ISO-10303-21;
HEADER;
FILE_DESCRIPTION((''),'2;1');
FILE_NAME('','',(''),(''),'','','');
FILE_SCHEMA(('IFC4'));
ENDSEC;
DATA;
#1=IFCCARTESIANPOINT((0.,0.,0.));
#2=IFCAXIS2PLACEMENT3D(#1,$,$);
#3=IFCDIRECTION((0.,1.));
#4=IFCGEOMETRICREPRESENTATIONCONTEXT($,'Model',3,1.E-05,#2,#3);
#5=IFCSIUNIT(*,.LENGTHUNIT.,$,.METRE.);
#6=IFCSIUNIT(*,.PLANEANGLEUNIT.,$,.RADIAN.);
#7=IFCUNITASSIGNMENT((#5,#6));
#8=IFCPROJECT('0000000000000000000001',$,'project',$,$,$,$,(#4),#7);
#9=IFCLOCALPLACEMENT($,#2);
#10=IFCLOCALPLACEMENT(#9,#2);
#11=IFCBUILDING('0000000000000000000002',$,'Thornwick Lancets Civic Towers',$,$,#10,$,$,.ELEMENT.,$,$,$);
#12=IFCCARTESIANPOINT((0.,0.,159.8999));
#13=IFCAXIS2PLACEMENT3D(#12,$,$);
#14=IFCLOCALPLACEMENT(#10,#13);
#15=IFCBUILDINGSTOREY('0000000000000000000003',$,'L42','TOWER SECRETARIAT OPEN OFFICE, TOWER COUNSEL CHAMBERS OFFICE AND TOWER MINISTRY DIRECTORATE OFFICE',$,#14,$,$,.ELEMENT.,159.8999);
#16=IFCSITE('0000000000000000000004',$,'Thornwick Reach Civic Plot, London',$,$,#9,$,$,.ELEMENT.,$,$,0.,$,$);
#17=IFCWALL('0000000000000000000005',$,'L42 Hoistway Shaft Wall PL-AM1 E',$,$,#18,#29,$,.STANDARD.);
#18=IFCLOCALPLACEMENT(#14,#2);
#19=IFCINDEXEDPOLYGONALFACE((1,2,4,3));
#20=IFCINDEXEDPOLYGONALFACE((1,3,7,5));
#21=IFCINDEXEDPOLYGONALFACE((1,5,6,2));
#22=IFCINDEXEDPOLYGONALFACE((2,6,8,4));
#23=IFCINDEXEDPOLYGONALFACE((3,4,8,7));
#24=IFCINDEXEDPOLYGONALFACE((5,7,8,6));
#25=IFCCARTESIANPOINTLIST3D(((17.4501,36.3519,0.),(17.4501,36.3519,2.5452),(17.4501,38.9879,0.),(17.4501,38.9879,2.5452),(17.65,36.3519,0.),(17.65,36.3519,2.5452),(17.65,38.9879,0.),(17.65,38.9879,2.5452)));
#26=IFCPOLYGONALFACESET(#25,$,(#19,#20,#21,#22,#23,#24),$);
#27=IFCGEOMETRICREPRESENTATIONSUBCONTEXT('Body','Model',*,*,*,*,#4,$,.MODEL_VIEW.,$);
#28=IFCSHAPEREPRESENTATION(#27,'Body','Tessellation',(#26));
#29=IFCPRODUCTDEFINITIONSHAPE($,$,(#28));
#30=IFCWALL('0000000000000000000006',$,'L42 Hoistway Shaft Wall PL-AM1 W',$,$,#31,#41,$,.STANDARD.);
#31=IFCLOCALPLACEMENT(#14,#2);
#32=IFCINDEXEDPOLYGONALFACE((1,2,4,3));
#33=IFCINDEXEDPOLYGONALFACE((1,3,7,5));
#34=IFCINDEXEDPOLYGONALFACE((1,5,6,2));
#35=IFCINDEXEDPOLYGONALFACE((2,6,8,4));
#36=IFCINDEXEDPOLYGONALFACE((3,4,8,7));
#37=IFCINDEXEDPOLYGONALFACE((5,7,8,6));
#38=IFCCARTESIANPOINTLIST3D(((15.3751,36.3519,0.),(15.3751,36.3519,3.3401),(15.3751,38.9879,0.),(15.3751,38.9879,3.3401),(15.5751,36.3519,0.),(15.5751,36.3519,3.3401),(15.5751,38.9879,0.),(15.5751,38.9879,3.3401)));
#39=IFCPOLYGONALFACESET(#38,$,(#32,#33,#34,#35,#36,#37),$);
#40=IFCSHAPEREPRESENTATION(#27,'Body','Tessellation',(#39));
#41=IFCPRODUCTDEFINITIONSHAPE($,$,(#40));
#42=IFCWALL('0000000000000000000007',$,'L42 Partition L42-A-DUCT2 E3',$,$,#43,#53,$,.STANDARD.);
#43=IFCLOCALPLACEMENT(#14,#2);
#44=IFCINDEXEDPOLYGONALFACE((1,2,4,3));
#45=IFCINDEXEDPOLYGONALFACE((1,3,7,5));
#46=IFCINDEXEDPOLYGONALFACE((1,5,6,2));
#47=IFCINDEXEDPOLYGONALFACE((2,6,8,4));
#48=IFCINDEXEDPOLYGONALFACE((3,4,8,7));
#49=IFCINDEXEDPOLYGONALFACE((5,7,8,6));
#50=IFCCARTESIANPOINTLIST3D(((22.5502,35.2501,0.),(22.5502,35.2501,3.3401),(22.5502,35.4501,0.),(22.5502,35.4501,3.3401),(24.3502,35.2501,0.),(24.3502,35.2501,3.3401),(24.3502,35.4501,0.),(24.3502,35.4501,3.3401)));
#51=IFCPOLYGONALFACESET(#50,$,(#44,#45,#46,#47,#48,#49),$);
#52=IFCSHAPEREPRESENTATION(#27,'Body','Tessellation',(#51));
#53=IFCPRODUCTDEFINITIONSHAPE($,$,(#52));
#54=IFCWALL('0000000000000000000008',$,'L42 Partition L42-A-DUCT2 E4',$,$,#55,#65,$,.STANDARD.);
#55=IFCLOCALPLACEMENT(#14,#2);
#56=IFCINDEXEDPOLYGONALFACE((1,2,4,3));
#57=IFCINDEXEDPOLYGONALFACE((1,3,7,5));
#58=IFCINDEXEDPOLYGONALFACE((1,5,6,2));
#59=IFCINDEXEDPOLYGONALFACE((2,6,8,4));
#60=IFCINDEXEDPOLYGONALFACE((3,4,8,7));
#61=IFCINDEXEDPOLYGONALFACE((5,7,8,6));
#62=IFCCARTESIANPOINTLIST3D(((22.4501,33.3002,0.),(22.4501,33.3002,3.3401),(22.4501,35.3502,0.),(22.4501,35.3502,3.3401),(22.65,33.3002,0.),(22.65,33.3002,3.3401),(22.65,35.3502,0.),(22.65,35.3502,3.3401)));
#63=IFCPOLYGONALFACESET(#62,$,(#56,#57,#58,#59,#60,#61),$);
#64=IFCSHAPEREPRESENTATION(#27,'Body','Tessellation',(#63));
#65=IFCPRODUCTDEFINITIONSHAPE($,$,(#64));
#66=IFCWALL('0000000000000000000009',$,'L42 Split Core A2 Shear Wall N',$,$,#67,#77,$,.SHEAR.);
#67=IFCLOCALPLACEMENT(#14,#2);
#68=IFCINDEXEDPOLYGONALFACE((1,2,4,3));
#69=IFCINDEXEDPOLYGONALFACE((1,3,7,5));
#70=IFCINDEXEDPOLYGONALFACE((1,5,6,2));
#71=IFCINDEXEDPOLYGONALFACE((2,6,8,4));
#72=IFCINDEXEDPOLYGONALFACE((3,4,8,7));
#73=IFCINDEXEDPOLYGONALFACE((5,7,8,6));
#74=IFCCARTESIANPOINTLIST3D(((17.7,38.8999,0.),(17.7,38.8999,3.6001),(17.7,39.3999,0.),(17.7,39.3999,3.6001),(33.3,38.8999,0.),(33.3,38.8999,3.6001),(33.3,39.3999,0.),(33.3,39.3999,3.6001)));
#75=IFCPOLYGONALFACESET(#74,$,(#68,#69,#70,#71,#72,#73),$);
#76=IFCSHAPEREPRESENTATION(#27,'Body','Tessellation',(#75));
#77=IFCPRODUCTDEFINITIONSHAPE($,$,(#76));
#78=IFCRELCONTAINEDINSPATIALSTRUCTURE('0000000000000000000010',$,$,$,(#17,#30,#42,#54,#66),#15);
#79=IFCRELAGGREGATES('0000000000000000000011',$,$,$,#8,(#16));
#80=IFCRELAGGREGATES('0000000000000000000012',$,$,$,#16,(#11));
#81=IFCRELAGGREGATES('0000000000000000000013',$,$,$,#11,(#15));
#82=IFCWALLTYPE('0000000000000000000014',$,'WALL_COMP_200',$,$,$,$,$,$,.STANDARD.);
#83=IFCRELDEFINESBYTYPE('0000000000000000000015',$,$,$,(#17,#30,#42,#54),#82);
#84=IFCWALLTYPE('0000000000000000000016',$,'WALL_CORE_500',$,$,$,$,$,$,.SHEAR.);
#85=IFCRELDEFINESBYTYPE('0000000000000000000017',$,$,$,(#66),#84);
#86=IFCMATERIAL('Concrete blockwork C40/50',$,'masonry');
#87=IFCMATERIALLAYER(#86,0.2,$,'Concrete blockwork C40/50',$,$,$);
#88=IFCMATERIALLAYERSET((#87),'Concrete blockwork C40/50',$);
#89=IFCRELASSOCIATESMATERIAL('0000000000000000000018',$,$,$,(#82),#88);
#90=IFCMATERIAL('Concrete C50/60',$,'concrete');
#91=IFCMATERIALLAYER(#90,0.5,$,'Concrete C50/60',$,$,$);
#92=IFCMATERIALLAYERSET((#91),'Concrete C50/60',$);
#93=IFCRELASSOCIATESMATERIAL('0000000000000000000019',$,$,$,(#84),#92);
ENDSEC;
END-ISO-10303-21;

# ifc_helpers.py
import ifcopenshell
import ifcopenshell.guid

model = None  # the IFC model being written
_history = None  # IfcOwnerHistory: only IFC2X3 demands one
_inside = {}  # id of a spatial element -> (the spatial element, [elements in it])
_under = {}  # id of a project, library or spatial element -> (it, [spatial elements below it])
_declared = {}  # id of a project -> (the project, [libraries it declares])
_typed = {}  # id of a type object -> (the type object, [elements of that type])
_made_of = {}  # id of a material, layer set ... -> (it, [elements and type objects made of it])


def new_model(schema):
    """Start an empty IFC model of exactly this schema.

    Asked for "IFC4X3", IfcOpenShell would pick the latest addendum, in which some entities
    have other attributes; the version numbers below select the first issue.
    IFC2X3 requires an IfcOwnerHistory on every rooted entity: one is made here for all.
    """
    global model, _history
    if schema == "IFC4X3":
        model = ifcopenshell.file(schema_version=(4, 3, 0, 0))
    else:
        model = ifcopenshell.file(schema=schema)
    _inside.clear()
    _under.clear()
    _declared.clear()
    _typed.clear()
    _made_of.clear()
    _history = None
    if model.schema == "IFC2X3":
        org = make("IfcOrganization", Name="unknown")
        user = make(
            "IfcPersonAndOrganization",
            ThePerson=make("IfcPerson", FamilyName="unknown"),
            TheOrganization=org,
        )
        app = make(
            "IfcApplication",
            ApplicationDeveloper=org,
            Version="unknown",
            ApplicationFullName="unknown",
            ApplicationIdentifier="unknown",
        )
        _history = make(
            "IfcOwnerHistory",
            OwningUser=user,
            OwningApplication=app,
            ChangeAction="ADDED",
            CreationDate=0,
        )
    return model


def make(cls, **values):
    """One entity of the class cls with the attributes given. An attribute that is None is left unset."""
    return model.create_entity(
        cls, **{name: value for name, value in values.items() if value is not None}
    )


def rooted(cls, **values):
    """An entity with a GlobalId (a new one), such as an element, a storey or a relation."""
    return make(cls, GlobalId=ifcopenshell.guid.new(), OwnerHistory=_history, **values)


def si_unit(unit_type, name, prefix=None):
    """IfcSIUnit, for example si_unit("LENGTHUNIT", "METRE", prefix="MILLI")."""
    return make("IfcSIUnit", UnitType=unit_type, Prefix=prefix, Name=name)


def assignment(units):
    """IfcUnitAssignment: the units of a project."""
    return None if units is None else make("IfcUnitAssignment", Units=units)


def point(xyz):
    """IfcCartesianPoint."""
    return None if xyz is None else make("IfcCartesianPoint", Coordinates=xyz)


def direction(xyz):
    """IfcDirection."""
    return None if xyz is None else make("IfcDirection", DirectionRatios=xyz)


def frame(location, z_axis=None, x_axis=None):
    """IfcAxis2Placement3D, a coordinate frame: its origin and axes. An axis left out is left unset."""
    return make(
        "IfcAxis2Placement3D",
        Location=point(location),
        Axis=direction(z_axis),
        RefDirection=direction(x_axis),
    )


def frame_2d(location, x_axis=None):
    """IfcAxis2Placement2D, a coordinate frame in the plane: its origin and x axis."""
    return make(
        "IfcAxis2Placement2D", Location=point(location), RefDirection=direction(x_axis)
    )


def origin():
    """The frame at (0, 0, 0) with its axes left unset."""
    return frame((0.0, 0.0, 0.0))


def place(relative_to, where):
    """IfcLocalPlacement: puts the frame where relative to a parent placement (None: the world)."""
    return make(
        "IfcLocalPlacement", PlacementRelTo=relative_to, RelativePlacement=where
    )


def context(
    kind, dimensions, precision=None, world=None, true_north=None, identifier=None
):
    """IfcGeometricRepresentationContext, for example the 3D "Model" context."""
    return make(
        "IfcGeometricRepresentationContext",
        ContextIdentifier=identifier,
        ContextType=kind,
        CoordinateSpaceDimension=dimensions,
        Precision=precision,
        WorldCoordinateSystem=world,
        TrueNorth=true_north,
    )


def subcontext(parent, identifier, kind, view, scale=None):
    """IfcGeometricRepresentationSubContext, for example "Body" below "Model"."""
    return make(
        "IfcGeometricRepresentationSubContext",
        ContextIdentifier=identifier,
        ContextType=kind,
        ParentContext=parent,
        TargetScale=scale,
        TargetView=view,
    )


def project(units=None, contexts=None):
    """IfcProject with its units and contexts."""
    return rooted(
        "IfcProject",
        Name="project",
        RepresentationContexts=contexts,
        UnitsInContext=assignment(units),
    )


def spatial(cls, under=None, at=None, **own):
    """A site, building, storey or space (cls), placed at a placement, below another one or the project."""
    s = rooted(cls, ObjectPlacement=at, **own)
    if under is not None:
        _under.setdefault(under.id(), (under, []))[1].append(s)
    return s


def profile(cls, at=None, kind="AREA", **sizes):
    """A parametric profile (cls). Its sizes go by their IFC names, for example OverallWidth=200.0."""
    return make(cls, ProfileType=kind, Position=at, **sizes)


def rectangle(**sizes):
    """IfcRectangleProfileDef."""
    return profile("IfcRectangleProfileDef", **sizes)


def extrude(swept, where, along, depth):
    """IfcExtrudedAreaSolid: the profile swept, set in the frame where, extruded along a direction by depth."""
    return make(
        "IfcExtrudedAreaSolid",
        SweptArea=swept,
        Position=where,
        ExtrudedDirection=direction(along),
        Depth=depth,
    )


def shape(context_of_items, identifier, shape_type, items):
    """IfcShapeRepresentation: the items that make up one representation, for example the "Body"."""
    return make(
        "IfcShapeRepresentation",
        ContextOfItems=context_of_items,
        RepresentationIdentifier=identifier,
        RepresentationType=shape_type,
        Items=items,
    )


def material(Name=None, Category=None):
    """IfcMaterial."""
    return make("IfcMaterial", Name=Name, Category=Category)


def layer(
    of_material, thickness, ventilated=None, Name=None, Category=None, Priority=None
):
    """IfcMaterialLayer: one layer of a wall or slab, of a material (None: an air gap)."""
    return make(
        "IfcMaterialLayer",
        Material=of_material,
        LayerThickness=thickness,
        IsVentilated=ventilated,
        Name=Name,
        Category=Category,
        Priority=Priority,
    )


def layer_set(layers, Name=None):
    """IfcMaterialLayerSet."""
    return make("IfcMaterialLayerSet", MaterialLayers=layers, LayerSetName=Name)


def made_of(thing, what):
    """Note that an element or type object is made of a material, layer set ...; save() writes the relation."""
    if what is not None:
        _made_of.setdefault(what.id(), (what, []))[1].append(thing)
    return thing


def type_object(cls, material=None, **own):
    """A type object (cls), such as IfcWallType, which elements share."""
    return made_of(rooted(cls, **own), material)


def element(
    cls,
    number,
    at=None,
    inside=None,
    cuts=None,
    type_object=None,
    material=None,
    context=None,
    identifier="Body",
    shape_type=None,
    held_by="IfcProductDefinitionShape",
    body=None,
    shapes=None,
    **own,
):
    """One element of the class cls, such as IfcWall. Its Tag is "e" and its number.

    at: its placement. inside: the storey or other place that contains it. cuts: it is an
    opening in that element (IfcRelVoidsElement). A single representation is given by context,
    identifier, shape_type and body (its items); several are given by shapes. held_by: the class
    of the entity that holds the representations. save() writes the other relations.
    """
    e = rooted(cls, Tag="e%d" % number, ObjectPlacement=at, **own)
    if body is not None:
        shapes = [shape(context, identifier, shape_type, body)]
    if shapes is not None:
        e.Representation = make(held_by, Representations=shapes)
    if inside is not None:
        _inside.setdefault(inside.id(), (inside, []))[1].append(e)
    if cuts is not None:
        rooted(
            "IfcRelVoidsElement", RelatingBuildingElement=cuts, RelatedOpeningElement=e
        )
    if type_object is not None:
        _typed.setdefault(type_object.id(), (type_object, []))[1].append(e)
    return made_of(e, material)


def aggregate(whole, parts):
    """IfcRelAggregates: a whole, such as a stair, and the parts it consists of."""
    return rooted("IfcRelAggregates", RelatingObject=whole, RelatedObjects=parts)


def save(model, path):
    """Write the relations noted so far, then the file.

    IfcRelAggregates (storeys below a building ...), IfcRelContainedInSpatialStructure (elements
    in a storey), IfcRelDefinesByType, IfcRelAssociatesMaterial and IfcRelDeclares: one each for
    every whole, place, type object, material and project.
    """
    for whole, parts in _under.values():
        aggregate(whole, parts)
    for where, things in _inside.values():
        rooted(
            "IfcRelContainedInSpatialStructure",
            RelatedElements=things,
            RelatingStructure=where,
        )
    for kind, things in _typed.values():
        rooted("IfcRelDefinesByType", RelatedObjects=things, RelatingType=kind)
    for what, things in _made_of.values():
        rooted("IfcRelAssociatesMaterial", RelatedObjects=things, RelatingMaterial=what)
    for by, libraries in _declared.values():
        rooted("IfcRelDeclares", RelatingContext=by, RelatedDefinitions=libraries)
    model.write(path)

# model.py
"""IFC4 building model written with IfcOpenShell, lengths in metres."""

from ifc_helpers import new_model, si_unit, direction, frame, frame_2d, origin, place, context, subcontext, project, spatial, rectangle, extrude, material, layer, layer_set, type_object, element, save


model = new_model("IFC4")

# Units and contexts
model_context = context("Model", 3, precision=1e-05, world=origin(), true_north=direction((0.0, 1.0)))
body_context = subcontext(model_context, "Body", "Model", "MODEL_VIEW")
ifc_project = project(units=[si_unit("LENGTHUNIT", "METRE"), si_unit("PLANEANGLEUNIT", "RADIAN")], contexts=[model_context])

# Site, building, storey
site_placement = place(None, origin())
site = spatial("IfcSite", under=ifc_project, at=site_placement, Name="Thornwick Reach Civic Plot, London", CompositionType="ELEMENT", RefElevation=0.0)
building_placement = place(site_placement, origin())
building = spatial("IfcBuilding", under=site, at=building_placement, Name="Thornwick Lancets Civic Towers", CompositionType="ELEMENT")
storey_placement = place(building_placement, frame((0.0, 0.0, 159.8999)))
storey = spatial("IfcBuildingStorey", under=building, at=storey_placement, Name="L42", Description="TOWER SECRETARIAT OPEN OFFICE, TOWER COUNSEL CHAMBERS OFFICE AND TOWER MINISTRY DIRECTORATE OFFICE", CompositionType="ELEMENT", Elevation=159.8999)

# Shared definitions
ifc_material_1 = material(Name="Concrete C50/60", Category="concrete")

# Shared definitions
ifc_material_2 = material(Name="Concrete blockwork C40/50", Category="masonry")
ifc_layer_1 = layer(ifc_material_2, 0.2, Name="Concrete blockwork C40/50")
ifc_layer_set_1 = layer_set([ifc_layer_1], Name="Concrete blockwork C40/50")
wall_type_1 = type_object("IfcWallType", Name="WALL_COMP_200", PredefinedType="STANDARD", material=ifc_layer_set_1)

# Walls
wall_1_placement = place(storey_placement, frame((17.55, 36.3521, 0.0), z_axis=(0.0, 0.0, 1.0), x_axis=(0.0, 1.0, 0.0)))
element("IfcWall", 1, at=wall_1_placement, inside=storey, type_object=wall_type_1, Name="L42 Hoistway Shaft Wall PL-AM1 E", PredefinedType="STANDARD", context=body_context, shape_type="SweptSolid", body=[
    extrude(rectangle(XDim=2.636, YDim=0.2, at=frame_2d((1.3179, 0.0))), origin(), (0.0, 0.0, 1.0), 2.5452),
])
wall_2_placement = place(storey_placement, frame((15.4751, 36.3521, 0.0), z_axis=(0.0, 0.0, 1.0), x_axis=(0.0, 1.0, 0.0)))
element("IfcWall", 2, at=wall_2_placement, inside=storey, type_object=wall_type_1, Name="L42 Hoistway Shaft Wall PL-AM1 W", PredefinedType="STANDARD", context=body_context, shape_type="SweptSolid", body=[
    extrude(rectangle(XDim=2.636, YDim=0.2, at=frame_2d((1.3179, 0.0))), origin(), (0.0, 0.0, 1.0), 3.3401),
])
wall_3_placement = place(storey_placement, frame((24.3501, 35.3501, 0.0), z_axis=(0.0, 0.0, 1.0), x_axis=(-1.0, 0.0, 0.0)))
element("IfcWall", 3, at=wall_3_placement, inside=storey, type_object=wall_type_1, Name="L42 Partition L42-A-DUCT2 E3", PredefinedType="STANDARD", context=body_context, shape_type="SweptSolid", body=[
    extrude(rectangle(XDim=1.8, YDim=0.2, at=frame_2d((0.8999, 0.0))), origin(), (0.0, 0.0, 1.0), 3.3401),
])
wall_4_placement = place(storey_placement, frame((22.55, 35.3501, 0.0), z_axis=(0.0, 0.0, 1.0), x_axis=(0.0, -1.0, 0.0)))
element("IfcWall", 4, at=wall_4_placement, inside=storey, type_object=wall_type_1, Name="L42 Partition L42-A-DUCT2 E4", PredefinedType="STANDARD", context=body_context, shape_type="SweptSolid", body=[
    extrude(rectangle(XDim=2.05, YDim=0.2, at=frame_2d((1.0249, 0.0))), origin(), (0.0, 0.0, 1.0), 3.3401),
])
ifc_layer_2 = layer(ifc_material_1, 0.5, Name="Concrete C50/60")
ifc_layer_set_2 = layer_set([ifc_layer_2], Name="Concrete C50/60")
wall_type_2 = type_object("IfcWallType", Name="WALL_CORE_500", PredefinedType="SHEAR", material=ifc_layer_set_2)
wall_5_placement = place(storey_placement, frame((17.7, 39.1499, 0.0), z_axis=(0.0, 0.0, 1.0), x_axis=(1.0, 0.0, 0.0)))
element("IfcWall", 5, at=wall_5_placement, inside=storey, type_object=wall_type_2, Name="L42 Split Core A2 Shear Wall N", PredefinedType="SHEAR", context=body_context, shape_type="SweptSolid", body=[
    extrude(rectangle(XDim=15.6001, YDim=0.5, at=frame_2d((7.8, 0.0))), origin(), (0.0, 0.0, 1.0), 3.6001),
])

save(model, "model.ifc")
